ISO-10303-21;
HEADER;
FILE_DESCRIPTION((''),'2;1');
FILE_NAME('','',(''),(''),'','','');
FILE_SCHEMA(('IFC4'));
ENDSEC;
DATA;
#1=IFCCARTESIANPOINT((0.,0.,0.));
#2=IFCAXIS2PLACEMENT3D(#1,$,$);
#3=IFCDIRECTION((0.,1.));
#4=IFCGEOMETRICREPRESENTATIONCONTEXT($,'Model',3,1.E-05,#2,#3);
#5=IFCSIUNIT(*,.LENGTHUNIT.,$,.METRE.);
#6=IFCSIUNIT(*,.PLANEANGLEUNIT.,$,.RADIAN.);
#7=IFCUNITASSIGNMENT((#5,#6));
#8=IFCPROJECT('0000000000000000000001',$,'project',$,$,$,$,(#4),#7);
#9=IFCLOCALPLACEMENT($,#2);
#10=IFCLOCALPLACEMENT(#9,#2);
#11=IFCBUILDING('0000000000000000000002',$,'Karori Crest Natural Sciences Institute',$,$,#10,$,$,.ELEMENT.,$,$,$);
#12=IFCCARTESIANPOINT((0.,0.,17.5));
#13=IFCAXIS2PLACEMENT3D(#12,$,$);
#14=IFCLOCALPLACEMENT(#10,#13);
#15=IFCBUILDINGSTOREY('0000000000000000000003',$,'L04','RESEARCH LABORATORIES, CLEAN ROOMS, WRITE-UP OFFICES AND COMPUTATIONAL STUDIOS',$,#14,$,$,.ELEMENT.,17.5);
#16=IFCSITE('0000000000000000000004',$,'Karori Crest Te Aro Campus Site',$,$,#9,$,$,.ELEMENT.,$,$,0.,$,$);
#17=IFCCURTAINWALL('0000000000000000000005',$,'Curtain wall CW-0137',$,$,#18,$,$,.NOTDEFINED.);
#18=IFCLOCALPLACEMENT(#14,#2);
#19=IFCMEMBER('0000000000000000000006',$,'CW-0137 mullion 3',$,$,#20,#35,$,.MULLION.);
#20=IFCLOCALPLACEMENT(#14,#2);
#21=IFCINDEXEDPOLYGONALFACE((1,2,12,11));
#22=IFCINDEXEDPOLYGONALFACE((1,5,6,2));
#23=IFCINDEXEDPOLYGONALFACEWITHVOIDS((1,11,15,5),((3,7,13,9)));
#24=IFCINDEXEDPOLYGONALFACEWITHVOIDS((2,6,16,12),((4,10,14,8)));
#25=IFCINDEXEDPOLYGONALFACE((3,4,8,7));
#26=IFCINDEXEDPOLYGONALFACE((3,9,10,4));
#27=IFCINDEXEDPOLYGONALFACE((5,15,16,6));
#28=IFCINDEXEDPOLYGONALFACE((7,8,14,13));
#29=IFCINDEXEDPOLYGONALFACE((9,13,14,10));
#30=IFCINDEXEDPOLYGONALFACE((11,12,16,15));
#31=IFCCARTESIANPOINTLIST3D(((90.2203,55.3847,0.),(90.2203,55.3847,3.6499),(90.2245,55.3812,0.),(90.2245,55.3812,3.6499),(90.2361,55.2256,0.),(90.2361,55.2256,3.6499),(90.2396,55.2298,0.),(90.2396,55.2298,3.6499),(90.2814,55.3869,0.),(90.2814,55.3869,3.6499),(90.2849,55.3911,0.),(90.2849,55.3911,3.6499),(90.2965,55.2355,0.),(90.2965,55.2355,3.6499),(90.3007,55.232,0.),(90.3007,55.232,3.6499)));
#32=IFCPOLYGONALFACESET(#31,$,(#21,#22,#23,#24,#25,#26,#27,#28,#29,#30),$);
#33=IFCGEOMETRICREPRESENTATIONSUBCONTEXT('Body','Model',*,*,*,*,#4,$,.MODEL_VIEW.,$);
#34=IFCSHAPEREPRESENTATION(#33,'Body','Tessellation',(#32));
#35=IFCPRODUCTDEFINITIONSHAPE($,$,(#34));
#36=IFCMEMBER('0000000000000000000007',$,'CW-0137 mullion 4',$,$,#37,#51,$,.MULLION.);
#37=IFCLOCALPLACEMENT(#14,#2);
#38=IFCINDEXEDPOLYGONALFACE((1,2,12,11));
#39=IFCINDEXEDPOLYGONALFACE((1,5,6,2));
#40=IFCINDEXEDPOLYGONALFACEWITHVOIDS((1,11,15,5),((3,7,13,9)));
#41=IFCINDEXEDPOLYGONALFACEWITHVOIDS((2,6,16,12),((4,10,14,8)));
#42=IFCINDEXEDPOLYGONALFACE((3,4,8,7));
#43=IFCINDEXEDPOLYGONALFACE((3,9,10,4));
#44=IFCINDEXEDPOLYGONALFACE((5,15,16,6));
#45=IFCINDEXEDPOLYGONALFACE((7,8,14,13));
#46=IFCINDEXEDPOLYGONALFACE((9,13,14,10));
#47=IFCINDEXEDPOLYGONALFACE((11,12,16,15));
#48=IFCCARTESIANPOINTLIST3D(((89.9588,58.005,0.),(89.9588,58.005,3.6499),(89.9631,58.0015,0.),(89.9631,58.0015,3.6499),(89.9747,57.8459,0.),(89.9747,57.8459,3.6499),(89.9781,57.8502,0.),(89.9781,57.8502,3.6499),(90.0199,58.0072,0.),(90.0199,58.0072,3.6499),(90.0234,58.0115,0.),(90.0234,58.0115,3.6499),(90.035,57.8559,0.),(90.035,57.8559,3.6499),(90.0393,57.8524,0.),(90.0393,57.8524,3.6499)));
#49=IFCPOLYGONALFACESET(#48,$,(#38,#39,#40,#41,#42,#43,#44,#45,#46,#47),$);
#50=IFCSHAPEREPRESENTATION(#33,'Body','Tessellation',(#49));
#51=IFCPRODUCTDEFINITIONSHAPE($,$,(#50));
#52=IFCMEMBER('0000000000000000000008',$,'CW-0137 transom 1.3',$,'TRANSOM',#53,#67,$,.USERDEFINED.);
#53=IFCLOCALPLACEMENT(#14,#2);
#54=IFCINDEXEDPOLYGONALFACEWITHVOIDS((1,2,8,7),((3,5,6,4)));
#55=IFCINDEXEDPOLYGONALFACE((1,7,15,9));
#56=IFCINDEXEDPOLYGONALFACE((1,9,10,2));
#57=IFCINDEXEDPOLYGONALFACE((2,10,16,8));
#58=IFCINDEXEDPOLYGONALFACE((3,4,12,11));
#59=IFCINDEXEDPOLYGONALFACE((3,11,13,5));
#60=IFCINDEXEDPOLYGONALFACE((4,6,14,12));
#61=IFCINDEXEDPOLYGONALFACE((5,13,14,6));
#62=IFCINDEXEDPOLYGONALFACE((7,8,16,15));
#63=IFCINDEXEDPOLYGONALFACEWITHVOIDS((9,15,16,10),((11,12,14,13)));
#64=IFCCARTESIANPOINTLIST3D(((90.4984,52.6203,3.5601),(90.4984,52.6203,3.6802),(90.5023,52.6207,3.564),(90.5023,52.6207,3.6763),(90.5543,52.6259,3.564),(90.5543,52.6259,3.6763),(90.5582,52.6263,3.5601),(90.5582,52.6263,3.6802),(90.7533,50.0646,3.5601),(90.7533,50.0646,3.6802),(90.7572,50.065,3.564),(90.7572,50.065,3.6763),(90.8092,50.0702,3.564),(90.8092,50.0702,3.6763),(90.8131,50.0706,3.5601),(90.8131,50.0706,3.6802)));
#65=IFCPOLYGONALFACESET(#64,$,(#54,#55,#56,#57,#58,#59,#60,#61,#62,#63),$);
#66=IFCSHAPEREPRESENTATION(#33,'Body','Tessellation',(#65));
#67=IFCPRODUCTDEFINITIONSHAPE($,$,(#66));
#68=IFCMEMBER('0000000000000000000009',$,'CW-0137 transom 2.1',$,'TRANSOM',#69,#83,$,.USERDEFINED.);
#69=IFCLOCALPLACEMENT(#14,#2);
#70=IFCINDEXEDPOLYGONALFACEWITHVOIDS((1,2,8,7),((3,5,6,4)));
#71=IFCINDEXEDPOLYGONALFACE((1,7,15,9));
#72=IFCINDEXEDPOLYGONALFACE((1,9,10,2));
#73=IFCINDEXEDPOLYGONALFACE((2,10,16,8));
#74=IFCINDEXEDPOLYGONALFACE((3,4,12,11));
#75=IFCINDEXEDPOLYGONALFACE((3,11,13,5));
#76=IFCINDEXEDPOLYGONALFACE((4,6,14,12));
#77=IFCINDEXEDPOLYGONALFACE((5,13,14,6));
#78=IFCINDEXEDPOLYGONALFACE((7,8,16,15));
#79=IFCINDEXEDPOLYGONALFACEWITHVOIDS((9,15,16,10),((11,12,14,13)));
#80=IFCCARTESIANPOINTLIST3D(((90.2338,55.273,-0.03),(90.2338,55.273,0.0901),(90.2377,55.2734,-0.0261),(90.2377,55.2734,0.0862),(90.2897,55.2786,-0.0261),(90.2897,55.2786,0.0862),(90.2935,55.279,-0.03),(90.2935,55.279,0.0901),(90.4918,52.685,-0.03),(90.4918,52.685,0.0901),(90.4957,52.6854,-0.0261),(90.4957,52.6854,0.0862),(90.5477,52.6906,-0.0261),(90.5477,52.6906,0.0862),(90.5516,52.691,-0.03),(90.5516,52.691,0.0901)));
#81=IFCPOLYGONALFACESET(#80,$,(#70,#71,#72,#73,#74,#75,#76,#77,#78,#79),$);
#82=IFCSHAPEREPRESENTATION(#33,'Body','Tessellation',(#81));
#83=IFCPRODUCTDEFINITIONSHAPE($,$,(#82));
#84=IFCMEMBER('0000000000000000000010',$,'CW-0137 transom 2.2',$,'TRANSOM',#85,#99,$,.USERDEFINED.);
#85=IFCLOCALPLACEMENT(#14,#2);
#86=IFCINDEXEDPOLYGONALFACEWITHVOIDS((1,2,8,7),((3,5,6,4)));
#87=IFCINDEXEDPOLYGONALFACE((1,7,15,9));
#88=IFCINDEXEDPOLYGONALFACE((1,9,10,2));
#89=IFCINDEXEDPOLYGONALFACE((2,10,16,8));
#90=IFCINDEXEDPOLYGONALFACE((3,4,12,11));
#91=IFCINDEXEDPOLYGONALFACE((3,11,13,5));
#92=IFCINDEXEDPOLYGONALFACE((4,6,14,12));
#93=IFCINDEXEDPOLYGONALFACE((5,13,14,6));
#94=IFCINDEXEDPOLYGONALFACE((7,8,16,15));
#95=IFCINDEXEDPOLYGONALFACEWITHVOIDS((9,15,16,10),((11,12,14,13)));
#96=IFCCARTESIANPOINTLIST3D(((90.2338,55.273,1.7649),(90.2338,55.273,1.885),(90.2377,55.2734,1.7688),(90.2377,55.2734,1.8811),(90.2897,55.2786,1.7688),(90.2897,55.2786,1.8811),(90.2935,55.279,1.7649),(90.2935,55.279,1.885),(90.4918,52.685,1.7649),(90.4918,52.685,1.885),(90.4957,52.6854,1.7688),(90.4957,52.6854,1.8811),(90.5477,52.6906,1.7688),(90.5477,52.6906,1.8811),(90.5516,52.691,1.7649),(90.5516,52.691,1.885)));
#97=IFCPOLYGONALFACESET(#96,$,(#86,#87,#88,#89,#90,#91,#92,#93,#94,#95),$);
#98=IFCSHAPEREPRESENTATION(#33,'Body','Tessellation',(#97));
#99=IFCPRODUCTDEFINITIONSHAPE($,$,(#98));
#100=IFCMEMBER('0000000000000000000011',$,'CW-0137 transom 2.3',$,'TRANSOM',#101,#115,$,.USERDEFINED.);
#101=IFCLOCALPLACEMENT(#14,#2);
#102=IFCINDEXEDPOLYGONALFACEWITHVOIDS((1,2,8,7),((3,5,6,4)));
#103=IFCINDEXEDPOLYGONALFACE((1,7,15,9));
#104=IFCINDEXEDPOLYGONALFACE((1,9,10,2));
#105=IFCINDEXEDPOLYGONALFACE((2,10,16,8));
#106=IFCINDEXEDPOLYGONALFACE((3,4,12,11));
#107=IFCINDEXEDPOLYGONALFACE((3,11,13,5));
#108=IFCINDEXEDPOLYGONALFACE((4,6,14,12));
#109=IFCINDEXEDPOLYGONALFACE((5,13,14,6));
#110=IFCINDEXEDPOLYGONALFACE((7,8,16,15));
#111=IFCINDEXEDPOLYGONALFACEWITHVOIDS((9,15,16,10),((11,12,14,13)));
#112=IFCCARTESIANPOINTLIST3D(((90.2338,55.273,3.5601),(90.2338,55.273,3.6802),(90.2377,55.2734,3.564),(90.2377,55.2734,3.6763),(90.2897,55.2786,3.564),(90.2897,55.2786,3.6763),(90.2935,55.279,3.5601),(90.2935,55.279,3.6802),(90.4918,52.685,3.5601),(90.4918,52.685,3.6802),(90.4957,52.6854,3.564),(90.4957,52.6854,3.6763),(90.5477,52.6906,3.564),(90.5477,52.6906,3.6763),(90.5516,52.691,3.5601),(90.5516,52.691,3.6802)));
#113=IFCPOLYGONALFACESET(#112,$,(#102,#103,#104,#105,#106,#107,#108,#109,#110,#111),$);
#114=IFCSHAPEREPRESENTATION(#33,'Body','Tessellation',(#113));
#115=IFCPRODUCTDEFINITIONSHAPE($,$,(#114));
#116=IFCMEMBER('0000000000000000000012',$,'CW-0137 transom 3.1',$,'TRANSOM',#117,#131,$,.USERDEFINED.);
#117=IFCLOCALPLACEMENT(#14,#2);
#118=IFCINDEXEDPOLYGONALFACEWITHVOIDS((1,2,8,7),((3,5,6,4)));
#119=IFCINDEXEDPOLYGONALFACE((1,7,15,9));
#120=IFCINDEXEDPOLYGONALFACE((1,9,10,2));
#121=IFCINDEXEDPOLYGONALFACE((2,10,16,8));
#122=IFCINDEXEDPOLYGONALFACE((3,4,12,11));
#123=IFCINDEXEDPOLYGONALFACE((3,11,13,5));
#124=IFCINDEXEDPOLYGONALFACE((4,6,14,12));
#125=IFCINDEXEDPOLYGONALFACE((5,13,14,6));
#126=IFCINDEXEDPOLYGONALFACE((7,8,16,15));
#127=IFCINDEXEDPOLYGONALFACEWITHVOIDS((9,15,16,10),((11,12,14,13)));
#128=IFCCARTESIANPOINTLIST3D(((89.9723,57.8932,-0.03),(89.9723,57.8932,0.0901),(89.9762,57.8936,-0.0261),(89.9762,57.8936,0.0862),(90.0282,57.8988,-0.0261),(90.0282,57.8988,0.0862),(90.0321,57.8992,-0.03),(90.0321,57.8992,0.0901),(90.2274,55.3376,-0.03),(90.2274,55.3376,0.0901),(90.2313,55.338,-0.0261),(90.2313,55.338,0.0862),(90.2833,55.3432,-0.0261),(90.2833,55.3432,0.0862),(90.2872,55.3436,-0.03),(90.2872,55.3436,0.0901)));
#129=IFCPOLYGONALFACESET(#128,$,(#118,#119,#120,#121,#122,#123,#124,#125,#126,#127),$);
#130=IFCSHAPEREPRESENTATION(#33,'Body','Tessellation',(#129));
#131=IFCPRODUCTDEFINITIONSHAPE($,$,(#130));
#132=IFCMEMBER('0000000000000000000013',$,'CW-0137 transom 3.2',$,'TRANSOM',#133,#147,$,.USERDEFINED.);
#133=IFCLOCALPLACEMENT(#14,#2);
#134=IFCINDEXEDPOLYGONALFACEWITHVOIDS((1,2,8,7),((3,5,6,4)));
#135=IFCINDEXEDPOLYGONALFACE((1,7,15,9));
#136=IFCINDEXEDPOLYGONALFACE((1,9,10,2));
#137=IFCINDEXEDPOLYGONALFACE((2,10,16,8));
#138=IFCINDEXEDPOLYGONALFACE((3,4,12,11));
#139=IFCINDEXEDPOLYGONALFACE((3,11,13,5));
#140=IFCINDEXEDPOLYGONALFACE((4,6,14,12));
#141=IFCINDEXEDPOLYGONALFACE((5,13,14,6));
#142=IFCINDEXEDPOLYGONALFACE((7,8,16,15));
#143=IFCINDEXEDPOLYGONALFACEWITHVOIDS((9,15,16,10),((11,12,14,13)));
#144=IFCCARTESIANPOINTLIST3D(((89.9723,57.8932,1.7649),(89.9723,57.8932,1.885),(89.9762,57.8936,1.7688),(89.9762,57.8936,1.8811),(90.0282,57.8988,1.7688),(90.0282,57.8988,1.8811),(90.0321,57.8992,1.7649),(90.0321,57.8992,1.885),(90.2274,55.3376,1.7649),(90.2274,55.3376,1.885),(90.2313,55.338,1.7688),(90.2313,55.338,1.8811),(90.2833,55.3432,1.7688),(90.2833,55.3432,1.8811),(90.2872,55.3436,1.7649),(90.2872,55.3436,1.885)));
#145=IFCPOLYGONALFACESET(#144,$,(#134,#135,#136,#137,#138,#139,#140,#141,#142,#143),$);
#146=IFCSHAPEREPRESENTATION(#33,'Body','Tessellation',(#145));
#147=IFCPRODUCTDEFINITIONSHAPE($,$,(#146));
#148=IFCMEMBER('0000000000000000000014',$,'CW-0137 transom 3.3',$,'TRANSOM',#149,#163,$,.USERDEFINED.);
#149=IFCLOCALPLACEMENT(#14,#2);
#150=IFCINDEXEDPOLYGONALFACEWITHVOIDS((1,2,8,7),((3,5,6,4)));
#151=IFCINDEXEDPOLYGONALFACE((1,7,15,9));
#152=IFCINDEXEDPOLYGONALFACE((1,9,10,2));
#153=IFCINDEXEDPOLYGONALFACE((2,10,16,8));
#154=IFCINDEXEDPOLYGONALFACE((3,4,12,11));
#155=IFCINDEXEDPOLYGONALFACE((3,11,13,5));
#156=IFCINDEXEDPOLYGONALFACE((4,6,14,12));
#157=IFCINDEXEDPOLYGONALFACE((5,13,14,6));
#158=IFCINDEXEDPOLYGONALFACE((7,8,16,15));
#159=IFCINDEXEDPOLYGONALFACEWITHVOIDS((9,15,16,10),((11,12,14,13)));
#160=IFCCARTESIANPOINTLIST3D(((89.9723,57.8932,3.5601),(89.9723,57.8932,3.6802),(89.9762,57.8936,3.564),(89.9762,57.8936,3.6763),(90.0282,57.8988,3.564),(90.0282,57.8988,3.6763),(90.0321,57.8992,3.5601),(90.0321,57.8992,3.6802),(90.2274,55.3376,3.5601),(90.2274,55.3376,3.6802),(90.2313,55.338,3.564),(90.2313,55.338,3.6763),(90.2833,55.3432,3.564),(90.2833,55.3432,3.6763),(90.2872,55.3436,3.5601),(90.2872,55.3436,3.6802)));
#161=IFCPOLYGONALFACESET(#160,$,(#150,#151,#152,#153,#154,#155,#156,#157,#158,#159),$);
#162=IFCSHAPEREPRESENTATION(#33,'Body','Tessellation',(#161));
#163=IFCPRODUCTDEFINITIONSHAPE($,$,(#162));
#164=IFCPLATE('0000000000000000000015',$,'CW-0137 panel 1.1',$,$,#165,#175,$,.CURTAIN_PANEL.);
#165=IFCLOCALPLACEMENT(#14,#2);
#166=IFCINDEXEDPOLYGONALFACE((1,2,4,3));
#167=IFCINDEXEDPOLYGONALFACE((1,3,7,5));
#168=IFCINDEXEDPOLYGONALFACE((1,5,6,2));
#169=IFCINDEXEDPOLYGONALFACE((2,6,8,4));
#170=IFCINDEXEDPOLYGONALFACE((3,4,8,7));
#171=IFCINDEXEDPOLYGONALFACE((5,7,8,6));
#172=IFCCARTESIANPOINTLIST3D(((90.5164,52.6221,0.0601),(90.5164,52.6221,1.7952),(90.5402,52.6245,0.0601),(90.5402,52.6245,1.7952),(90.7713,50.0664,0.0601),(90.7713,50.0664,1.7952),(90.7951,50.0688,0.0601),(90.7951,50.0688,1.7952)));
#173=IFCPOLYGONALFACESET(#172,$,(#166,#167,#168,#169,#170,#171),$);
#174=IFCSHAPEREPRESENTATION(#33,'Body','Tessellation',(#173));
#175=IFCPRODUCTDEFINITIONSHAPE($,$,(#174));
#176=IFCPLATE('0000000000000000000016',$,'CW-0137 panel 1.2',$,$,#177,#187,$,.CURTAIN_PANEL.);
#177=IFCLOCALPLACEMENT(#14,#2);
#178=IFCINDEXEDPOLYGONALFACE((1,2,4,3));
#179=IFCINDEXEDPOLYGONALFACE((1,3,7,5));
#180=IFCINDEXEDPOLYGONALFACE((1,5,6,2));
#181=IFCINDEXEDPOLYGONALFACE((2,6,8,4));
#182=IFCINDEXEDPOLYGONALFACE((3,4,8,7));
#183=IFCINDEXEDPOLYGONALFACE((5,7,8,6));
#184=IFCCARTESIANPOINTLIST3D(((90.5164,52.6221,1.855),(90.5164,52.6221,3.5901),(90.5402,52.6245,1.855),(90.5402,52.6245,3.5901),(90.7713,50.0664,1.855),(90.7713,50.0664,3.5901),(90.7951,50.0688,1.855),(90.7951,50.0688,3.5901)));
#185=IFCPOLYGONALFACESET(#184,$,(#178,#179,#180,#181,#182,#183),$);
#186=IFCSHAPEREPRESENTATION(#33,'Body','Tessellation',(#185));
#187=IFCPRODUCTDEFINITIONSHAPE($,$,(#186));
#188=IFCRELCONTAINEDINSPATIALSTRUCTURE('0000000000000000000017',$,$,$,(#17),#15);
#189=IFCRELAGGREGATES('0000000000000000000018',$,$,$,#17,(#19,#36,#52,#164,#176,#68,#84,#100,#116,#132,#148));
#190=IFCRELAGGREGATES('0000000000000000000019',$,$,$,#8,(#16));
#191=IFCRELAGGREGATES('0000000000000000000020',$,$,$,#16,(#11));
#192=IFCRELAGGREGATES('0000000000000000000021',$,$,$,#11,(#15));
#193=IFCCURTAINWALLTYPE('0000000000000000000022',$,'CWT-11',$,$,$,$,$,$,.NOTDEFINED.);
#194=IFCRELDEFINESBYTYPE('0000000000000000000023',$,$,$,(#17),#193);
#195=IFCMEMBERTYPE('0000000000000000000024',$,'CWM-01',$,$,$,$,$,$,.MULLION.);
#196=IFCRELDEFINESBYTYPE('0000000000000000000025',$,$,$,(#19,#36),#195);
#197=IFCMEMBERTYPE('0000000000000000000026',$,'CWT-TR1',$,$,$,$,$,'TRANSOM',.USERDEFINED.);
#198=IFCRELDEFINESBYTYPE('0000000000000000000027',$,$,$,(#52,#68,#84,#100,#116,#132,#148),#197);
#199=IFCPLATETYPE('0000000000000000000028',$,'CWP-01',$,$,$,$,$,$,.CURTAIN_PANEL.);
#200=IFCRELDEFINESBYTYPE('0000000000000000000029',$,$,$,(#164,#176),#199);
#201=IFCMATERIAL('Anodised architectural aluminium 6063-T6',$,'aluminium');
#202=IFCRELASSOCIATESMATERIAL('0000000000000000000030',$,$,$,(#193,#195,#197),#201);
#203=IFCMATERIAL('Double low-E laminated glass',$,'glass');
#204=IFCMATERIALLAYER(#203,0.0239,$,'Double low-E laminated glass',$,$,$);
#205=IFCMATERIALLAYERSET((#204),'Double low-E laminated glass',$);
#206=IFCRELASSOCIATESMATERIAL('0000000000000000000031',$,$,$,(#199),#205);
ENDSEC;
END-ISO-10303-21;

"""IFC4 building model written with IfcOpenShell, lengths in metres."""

from ifc_helpers import new_model, si_unit, direction, frame, origin, origin_2d, place, context, subcontext, project, spatial, rectangle, hollow_rectangle, extrude, material, layer, layer_set, material_profile, profile_set, type_object, element, aggregate, save


model = new_model("IFC4")

# Units and contexts
model_context = context("Model", 3, precision=1e-05, world=origin(), true_north=direction((0.0, 1.0)))
body_context = subcontext(model_context, "Body", "Model", "MODEL_VIEW")
ifc_project = project(units=[si_unit("LENGTHUNIT", "METRE"), si_unit("PLANEANGLEUNIT", "RADIAN")], contexts=[model_context])

# Site, building, storey
site_placement = place(None, origin())
site = spatial("IfcSite", under=ifc_project, at=site_placement, Name="Karori Crest Te Aro Campus Site", CompositionType="ELEMENT", RefElevation=0.0)
building_placement = place(site_placement, origin())
building = spatial("IfcBuilding", under=site, at=building_placement, Name="Karori Crest Natural Sciences Institute", CompositionType="ELEMENT")
storey_placement = place(building_placement, frame((0.0, 0.0, 17.5)))
storey = spatial("IfcBuildingStorey", under=building, at=storey_placement, Name="L04", Description="RESEARCH LABORATORIES, CLEAN ROOMS, WRITE-UP OFFICES AND COMPUTATIONAL STUDIOS", CompositionType="ELEMENT", Elevation=17.5)

# Curtain wall, members, plates
ifc_material_1 = material(Name="Anodised architectural aluminium 6063-T6", Category="aluminium")
curtain_wall_type = type_object("IfcCurtainWallType", Name="CWT-11", PredefinedType="NOTDEFINED", material=ifc_material_1)
curtain_wall_placement = place(storey_placement, origin())
curtain_wall = element("IfcCurtainWall", 1, at=curtain_wall_placement, inside=storey, type_object=curtain_wall_type, Name="Curtain wall CW-0137", PredefinedType="NOTDEFINED")
ifc_material_profile_1 = material_profile(ifc_material_1, hollow_rectangle(XDim=0.0649, YDim=0.1599, WallThickness=0.0039, at=origin_2d()), Name="CWM160x65x4")
ifc_profile_set_1 = profile_set([ifc_material_profile_1], Name="Anodised architectural aluminium 6063-T6")
member_type_1 = type_object("IfcMemberType", Name="CWM-01", PredefinedType="MULLION", material=ifc_profile_set_1)
member_1_placement = place(storey_placement, frame((90.2605, 55.3083, 0.0), z_axis=(0.0, 0.0, 1.0), x_axis=(-0.995061, -0.099268, 0.0)))
member_1 = element("IfcMember", 2, at=member_1_placement, type_object=member_type_1, Name="CW-0137 mullion 3", PredefinedType="MULLION", context=body_context, shape_type="SweptSolid", body=[
    extrude(hollow_rectangle(XDim=0.0649, YDim=0.1599, WallThickness=0.0039, at=origin_2d()), origin(), (0.0, 0.0, 1.0), 3.6499),
])
member_2_placement = place(storey_placement, frame((89.999, 57.9287, 0.0), z_axis=(0.0, 0.0, 1.0), x_axis=(-0.995061, -0.099268, 0.0)))
member_2 = element("IfcMember", 3, at=member_2_placement, type_object=member_type_1, Name="CW-0137 mullion 4", PredefinedType="MULLION", context=body_context, shape_type="SweptSolid", body=[
    extrude(hollow_rectangle(XDim=0.0649, YDim=0.1599, WallThickness=0.0039, at=origin_2d()), origin(), (0.0, 0.0, 1.0), 3.6499),
])
ifc_material_profile_2 = material_profile(ifc_material_1, hollow_rectangle(XDim=0.0601, YDim=0.1201, WallThickness=0.0039, at=origin_2d()), Name="CWT120x60x4")
ifc_profile_set_2 = profile_set([ifc_material_profile_2], Name="Anodised architectural aluminium 6063-T6")
member_type_2 = type_object("IfcMemberType", Name="CWT-TR1", ElementType="TRANSOM", PredefinedType="USERDEFINED", material=ifc_profile_set_2)
member_3_placement = place(storey_placement, frame((90.7832, 50.0676, 3.6201), z_axis=(-0.09924, 0.995064, 0.0), x_axis=(-0.995064, -0.09924, 0.0)))
member_3 = element("IfcMember", 4, at=member_3_placement, type_object=member_type_2, Name="CW-0137 transom 1.3", ObjectType="TRANSOM", PredefinedType="USERDEFINED", context=body_context, shape_type="SweptSolid", body=[
    extrude(hollow_rectangle(XDim=0.0601, YDim=0.1201, WallThickness=0.0039, at=origin_2d()), origin(), (0.0, 0.0, 1.0), 2.5684),
])
member_4_placement = place(storey_placement, frame((90.5217, 52.688, 0.03), z_axis=(-0.099225, 0.995065, 0.0), x_axis=(-0.995065, -0.099225, 0.0)))
member_4 = element("IfcMember", 5, at=member_4_placement, type_object=member_type_2, Name="CW-0137 transom 2.1", ObjectType="TRANSOM", PredefinedType="USERDEFINED", context=body_context, shape_type="SweptSolid", body=[
    extrude(hollow_rectangle(XDim=0.0601, YDim=0.1201, WallThickness=0.0039, at=origin_2d()), origin(), (0.0, 0.0, 1.0), 2.6008),
])
member_5_placement = place(storey_placement, frame((90.5217, 52.688, 1.825), z_axis=(-0.099225, 0.995065, 0.0), x_axis=(-0.995065, -0.099225, 0.0)))
member_5 = element("IfcMember", 6, at=member_5_placement, type_object=member_type_2, Name="CW-0137 transom 2.2", ObjectType="TRANSOM", PredefinedType="USERDEFINED", context=body_context, shape_type="SweptSolid", body=[
    extrude(hollow_rectangle(XDim=0.0601, YDim=0.1201, WallThickness=0.0039, at=origin_2d()), origin(), (0.0, 0.0, 1.0), 2.6008),
])
member_6_placement = place(storey_placement, frame((90.5217, 52.688, 3.6201), z_axis=(-0.099225, 0.995065, 0.0), x_axis=(-0.995065, -0.099225, 0.0)))
member_6 = element("IfcMember", 7, at=member_6_placement, type_object=member_type_2, Name="CW-0137 transom 2.3", ObjectType="TRANSOM", PredefinedType="USERDEFINED", context=body_context, shape_type="SweptSolid", body=[
    extrude(hollow_rectangle(XDim=0.0601, YDim=0.1201, WallThickness=0.0039, at=origin_2d()), origin(), (0.0, 0.0, 1.0), 2.6008),
])
member_7_placement = place(storey_placement, frame((90.2573, 55.3406, 0.03), z_axis=(-0.099334, 0.995054, 0.0), x_axis=(-0.995054, -0.099334, 0.0)))
member_7 = element("IfcMember", 8, at=member_7_placement, type_object=member_type_2, Name="CW-0137 transom 3.1", ObjectType="TRANSOM", PredefinedType="USERDEFINED", context=body_context, shape_type="SweptSolid", body=[
    extrude(hollow_rectangle(XDim=0.0601, YDim=0.1201, WallThickness=0.0039, at=origin_2d()), origin(), (0.0, 0.0, 1.0), 2.5684),
])
member_8_placement = place(storey_placement, frame((90.2573, 55.3406, 1.825), z_axis=(-0.099334, 0.995054, 0.0), x_axis=(-0.995054, -0.099334, 0.0)))
member_8 = element("IfcMember", 9, at=member_8_placement, type_object=member_type_2, Name="CW-0137 transom 3.2", ObjectType="TRANSOM", PredefinedType="USERDEFINED", context=body_context, shape_type="SweptSolid", body=[
    extrude(hollow_rectangle(XDim=0.0601, YDim=0.1201, WallThickness=0.0039, at=origin_2d()), origin(), (0.0, 0.0, 1.0), 2.5684),
])
member_9_placement = place(storey_placement, frame((90.2573, 55.3406, 3.6201), z_axis=(-0.099334, 0.995054, 0.0), x_axis=(-0.995054, -0.099334, 0.0)))
member_9 = element("IfcMember", 10, at=member_9_placement, type_object=member_type_2, Name="CW-0137 transom 3.3", ObjectType="TRANSOM", PredefinedType="USERDEFINED", context=body_context, shape_type="SweptSolid", body=[
    extrude(hollow_rectangle(XDim=0.0601, YDim=0.1201, WallThickness=0.0039, at=origin_2d()), origin(), (0.0, 0.0, 1.0), 2.5684),
])
ifc_material_2 = material(Name="Double low-E laminated glass", Category="glass")
ifc_layer_1 = layer(ifc_material_2, 0.0239, Name="Double low-E laminated glass")
ifc_layer_set_1 = layer_set([ifc_layer_1], Name="Double low-E laminated glass")
plate_type = type_object("IfcPlateType", Name="CWP-01", PredefinedType="CURTAIN_PANEL", material=ifc_layer_set_1)
plate_1_placement = place(storey_placement, frame((90.6558, 51.3455, 0.0601), z_axis=(0.0, 0.0, 1.0), x_axis=(-0.099268, 0.995061, 0.0)))
plate_1 = element("IfcPlate", 11, at=plate_1_placement, type_object=plate_type, Name="CW-0137 panel 1.1", PredefinedType="CURTAIN_PANEL", context=body_context, shape_type="SweptSolid", body=[
    extrude(rectangle(XDim=2.5684, YDim=0.0239, at=origin_2d()), origin(), (0.0, 0.0, 1.0), 1.7351),
])
plate_2_placement = place(storey_placement, frame((90.6558, 51.3455, 1.855), z_axis=(0.0, 0.0, 1.0), x_axis=(-0.099268, 0.995061, 0.0)))
plate_2 = element("IfcPlate", 12, at=plate_2_placement, type_object=plate_type, Name="CW-0137 panel 1.2", PredefinedType="CURTAIN_PANEL", context=body_context, shape_type="SweptSolid", body=[
    extrude(rectangle(XDim=2.5684, YDim=0.0239, at=origin_2d()), origin(), (0.0, 0.0, 1.0), 1.7351),
])
aggregate(curtain_wall, [member_1, member_2, member_3, plate_1, plate_2, member_4, member_5, member_6, member_7, member_8, member_9])

save(model, "model.ifc")
